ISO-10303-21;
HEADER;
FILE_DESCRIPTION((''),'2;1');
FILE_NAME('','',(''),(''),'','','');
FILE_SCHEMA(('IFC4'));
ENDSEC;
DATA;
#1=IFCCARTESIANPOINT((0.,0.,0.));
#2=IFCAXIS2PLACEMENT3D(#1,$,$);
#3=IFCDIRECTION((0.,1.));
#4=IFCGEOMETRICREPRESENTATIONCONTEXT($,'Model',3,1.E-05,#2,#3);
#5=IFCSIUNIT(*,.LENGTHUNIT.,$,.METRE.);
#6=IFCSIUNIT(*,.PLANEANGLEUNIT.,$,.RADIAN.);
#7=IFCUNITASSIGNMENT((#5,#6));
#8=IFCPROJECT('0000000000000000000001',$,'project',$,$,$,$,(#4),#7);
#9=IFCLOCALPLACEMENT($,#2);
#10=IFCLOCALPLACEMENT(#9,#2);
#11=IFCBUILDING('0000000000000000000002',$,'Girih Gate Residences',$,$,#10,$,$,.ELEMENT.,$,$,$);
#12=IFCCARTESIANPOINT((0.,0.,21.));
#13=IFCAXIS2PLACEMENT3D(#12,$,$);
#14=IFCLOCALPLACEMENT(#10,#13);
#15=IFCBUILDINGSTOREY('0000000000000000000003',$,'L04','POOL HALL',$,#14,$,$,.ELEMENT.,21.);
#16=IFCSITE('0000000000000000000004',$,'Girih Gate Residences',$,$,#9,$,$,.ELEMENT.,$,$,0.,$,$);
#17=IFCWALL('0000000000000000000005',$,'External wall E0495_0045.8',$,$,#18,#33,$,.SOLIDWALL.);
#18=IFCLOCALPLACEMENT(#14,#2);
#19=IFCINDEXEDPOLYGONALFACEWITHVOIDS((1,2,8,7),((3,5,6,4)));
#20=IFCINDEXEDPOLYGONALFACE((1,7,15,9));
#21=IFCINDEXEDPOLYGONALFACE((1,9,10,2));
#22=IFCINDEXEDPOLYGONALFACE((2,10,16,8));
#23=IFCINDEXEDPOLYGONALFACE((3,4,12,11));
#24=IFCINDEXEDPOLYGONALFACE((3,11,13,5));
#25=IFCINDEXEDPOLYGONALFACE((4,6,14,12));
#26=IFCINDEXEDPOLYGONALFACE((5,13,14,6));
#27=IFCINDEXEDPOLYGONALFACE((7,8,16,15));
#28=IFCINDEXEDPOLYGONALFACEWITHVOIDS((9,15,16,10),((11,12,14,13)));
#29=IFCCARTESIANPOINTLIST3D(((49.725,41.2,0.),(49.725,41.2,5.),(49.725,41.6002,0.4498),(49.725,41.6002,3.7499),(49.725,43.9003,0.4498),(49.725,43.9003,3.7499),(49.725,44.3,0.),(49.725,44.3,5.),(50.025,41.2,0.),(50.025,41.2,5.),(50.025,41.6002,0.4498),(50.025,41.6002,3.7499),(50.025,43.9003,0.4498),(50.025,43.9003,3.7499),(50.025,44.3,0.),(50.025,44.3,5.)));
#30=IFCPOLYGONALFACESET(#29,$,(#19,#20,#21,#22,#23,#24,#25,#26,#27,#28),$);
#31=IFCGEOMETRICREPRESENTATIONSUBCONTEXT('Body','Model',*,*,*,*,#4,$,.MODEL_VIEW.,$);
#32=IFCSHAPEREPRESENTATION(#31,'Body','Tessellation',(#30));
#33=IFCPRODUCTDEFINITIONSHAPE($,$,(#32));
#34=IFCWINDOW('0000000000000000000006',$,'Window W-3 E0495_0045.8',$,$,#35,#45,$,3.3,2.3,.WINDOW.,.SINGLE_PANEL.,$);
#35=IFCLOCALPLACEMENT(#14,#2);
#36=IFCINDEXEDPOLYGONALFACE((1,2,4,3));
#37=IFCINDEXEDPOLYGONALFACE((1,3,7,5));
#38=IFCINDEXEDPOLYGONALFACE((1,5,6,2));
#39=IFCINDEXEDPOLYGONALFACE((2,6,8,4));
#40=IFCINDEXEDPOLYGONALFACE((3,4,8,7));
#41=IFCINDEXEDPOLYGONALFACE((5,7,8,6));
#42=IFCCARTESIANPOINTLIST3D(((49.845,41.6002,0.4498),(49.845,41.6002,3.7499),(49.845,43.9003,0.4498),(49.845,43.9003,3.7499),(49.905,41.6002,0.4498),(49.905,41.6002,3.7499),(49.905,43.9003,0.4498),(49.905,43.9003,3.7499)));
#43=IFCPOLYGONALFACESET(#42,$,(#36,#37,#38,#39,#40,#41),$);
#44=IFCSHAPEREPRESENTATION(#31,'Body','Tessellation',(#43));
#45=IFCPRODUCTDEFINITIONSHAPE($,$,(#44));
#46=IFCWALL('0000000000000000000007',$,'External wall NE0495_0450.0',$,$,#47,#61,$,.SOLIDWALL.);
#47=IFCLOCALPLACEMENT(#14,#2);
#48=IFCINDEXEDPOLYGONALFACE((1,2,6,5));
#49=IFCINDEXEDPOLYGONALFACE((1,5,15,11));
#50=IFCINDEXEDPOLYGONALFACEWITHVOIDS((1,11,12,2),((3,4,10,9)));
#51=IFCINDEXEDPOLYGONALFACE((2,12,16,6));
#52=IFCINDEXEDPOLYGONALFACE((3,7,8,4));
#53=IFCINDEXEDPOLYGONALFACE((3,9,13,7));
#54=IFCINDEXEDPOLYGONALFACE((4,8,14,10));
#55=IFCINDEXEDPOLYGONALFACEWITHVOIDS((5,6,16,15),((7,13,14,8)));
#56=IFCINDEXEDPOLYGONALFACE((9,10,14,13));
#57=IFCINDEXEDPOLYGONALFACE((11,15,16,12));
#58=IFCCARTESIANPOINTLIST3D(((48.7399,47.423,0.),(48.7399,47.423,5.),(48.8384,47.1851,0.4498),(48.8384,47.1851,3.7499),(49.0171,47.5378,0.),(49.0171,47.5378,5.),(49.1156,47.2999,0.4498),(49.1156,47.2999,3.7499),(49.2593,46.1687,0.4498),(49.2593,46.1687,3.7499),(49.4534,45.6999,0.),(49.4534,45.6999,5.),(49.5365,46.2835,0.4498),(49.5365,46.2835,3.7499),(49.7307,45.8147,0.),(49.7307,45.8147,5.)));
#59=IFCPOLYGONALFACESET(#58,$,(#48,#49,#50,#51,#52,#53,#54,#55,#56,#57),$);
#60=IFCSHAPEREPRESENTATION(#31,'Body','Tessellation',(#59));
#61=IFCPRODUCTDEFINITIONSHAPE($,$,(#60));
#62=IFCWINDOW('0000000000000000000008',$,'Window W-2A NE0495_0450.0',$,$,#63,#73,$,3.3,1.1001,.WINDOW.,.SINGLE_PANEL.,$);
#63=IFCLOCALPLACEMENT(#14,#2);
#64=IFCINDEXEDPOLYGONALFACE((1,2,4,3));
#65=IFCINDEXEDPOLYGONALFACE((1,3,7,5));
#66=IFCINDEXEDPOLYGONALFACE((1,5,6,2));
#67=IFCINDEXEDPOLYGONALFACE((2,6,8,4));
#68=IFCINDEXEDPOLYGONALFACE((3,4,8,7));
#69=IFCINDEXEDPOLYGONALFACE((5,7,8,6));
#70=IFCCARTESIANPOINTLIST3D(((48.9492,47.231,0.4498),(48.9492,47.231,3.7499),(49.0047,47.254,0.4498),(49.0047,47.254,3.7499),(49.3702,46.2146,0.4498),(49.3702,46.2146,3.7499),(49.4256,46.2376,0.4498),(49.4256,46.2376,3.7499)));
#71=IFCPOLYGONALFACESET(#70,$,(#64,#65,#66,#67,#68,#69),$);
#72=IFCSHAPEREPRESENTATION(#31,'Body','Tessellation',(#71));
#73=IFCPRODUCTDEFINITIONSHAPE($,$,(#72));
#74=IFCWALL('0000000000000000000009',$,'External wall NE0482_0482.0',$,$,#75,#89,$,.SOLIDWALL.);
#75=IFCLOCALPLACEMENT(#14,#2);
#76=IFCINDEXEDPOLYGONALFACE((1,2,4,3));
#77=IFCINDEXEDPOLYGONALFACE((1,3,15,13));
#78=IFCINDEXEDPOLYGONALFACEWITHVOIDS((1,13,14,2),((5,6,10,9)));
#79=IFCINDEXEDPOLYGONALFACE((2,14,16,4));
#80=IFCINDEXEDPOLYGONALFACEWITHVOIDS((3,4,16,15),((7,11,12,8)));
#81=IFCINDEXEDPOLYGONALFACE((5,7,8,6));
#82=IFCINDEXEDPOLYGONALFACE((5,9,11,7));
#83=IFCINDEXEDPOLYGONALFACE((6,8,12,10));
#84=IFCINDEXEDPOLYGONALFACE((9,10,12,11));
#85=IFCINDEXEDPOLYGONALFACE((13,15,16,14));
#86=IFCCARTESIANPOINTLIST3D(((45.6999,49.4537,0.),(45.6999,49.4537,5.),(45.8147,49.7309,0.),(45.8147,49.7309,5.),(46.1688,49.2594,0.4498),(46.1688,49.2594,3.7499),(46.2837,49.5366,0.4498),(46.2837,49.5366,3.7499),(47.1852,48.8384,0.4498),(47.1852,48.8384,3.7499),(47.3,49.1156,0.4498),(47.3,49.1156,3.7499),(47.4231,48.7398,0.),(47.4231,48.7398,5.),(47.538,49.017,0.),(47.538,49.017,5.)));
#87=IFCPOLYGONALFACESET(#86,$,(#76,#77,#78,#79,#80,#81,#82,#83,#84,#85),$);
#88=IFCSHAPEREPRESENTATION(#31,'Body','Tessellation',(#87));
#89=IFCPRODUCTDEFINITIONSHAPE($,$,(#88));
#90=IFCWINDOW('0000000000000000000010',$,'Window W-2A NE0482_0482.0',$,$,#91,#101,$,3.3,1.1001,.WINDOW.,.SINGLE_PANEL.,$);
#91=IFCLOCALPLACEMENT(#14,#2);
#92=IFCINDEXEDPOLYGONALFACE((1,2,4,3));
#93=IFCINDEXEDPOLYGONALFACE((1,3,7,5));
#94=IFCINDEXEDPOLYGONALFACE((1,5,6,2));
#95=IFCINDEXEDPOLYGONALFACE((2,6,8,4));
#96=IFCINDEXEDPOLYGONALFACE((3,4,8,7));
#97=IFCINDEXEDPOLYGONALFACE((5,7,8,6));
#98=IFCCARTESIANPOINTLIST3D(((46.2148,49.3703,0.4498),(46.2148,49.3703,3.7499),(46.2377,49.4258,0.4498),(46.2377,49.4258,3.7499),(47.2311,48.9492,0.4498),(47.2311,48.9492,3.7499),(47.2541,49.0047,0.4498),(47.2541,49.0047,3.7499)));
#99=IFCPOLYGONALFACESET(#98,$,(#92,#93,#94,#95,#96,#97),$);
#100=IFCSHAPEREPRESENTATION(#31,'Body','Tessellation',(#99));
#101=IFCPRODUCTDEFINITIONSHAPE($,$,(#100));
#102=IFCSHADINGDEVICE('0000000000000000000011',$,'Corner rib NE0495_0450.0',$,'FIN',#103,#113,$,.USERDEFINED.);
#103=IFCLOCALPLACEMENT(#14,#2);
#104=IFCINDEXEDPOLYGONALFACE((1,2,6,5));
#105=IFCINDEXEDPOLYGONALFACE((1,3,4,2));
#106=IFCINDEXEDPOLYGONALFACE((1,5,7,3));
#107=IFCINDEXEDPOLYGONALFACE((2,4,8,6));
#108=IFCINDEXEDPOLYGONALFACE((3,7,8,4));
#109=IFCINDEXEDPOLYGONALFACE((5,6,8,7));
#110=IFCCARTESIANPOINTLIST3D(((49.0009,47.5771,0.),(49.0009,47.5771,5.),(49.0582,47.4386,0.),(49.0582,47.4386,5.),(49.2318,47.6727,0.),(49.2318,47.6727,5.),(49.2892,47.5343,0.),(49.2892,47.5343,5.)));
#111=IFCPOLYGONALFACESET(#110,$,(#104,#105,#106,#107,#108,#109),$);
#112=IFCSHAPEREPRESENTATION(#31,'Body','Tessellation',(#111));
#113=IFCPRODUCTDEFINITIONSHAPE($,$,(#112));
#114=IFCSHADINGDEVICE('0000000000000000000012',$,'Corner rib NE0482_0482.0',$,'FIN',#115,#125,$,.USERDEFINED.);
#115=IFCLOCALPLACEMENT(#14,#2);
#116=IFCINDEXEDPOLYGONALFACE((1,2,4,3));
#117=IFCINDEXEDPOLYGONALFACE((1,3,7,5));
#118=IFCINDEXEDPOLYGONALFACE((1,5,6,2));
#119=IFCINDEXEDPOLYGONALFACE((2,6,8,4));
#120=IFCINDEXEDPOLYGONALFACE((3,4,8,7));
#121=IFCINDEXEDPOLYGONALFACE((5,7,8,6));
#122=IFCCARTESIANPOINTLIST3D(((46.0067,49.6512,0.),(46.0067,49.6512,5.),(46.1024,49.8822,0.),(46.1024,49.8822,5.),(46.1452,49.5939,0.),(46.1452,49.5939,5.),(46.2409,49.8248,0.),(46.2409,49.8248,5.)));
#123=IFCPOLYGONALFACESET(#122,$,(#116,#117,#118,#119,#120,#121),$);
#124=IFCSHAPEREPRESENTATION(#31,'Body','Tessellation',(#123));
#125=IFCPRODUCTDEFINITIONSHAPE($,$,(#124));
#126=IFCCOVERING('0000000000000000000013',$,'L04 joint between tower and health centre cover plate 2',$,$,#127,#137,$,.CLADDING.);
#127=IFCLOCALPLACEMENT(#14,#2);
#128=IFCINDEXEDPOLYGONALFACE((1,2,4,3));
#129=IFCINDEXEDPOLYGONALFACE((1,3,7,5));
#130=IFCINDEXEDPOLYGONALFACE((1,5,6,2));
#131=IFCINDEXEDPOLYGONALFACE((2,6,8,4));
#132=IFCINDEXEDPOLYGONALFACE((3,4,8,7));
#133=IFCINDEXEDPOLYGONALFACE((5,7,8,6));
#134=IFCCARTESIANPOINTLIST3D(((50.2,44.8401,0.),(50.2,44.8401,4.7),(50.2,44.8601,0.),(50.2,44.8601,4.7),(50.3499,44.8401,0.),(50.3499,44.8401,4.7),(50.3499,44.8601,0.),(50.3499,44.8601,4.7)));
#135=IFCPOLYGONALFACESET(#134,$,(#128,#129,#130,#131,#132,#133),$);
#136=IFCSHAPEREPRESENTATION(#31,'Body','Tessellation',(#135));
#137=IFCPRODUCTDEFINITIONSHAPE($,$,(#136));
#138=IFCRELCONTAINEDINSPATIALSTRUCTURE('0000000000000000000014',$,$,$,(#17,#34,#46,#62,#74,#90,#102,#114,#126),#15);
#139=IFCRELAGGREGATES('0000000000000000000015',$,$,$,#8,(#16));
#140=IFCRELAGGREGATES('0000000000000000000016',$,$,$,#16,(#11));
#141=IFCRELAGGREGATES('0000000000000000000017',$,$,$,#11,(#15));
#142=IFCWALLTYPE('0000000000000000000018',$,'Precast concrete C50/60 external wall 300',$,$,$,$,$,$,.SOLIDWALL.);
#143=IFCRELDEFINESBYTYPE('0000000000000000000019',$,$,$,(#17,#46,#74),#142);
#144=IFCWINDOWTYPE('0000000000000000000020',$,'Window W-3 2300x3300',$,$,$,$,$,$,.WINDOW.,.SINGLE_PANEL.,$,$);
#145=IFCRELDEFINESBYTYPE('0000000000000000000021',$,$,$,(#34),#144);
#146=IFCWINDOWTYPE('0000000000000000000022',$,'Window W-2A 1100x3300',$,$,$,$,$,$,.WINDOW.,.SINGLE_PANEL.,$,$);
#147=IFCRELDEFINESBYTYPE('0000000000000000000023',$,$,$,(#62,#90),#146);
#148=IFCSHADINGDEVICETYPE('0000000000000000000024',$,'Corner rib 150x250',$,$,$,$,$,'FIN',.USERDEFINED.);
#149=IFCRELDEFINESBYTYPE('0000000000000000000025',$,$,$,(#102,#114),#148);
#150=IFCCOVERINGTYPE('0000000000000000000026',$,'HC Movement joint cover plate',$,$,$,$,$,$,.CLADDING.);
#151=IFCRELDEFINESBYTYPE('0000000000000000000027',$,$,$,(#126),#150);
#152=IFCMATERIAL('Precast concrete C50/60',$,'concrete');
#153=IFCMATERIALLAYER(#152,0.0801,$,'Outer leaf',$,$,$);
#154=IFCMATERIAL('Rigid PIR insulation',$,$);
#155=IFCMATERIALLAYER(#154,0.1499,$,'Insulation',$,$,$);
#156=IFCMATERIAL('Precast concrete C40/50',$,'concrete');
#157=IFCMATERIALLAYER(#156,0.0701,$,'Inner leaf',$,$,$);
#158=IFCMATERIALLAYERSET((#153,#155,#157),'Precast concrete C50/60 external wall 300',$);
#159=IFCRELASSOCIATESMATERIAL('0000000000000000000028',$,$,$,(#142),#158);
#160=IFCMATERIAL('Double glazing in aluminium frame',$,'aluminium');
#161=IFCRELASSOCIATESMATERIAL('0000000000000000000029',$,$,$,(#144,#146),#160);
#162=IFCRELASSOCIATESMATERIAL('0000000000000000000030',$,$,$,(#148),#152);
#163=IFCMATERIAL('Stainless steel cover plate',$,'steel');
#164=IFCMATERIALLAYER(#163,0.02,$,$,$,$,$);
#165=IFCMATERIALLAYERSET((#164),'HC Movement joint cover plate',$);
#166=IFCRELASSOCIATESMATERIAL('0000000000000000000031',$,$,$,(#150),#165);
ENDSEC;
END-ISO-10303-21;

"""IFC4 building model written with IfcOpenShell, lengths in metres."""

from ifc_helpers import new_model, si_unit, direction, frame, frame_2d, origin, origin_2d, place, context, subcontext, project, spatial, rectangle, extrude, material, layer, layer_set, type_object, element, fill, save


model = new_model("IFC4")

# Units and contexts
model_context = context("Model", 3, precision=1e-05, world=origin(), true_north=direction((0.0, 1.0)))
body_context = subcontext(model_context, "Body", "Model", "MODEL_VIEW")
ifc_project = project(units=[si_unit("LENGTHUNIT", "METRE"), si_unit("PLANEANGLEUNIT", "RADIAN")], contexts=[model_context])

# Site, building, storey
site_placement = place(None, origin())
site = spatial("IfcSite", under=ifc_project, at=site_placement, Name="Girih Gate Residences", CompositionType="ELEMENT", RefElevation=0.0)
building_placement = place(site_placement, origin())
building = spatial("IfcBuilding", under=site, at=building_placement, Name="Girih Gate Residences", CompositionType="ELEMENT")
storey_placement = place(building_placement, frame((0.0, 0.0, 21.0)))
storey = spatial("IfcBuildingStorey", under=building, at=storey_placement, Name="L04", Description="POOL HALL", CompositionType="ELEMENT", Elevation=21.0)

# Shared definitions
ifc_material_1 = material(Name="Precast concrete C40/50", Category="concrete")

# Walls, openings, windows
ifc_material_2 = material(Name="Precast concrete C50/60", Category="concrete")
ifc_layer_1 = layer(ifc_material_2, 0.0801, Name="Outer leaf")
ifc_material_3 = material(Name="Rigid PIR insulation")
ifc_layer_2 = layer(ifc_material_3, 0.1499, Name="Insulation")
ifc_layer_3 = layer(ifc_material_1, 0.0701, Name="Inner leaf")
ifc_layer_set_1 = layer_set([ifc_layer_1, ifc_layer_2, ifc_layer_3], Name="Precast concrete C50/60 external wall 300")
wall_type_1 = type_object("IfcWallType", Name="Precast concrete C50/60 external wall 300", PredefinedType="SOLIDWALL", material=ifc_layer_set_1)
ifc_material_4 = material(Name="Double glazing in aluminium frame", Category="aluminium")
window_type_1 = type_object("IfcWindowType", Name="Window W-3 2300x3300", PartitioningType="SINGLE_PANEL", PredefinedType="WINDOW", material=ifc_material_4)
wall_1_placement = place(storey_placement, frame((49.875, 44.3, 0.0), z_axis=(0.0, 0.0, 1.0), x_axis=(0.0, -1.0, 0.0)))
wall_1 = element("IfcWall", 1, at=wall_1_placement, inside=storey, type_object=wall_type_1, Name="External wall E0495_0045.8", PredefinedType="SOLIDWALL", context=body_context, shape_type="SweptSolid", body=[
    extrude(rectangle(XDim=3.1001, YDim=0.3, at=frame_2d((1.55, 0.0))), origin(), (0.0, 0.0, 1.0), 5.0),
])
opening_1_placement = place(wall_1_placement, frame((0.3999, 0.0, 0.45)))
opening_1 = element("IfcOpeningElement", 2, at=opening_1_placement, cuts=wall_1, PredefinedType="OPENING", context=body_context, shape_type="SweptSolid", body=[
    extrude(rectangle(XDim=2.3, YDim=3.3, at=frame_2d((1.1499, 1.6499))), frame((0.0, 0.1599, 0.0), z_axis=(0.0, -1.0, 0.0), x_axis=(1.0, 0.0, 0.0)), (0.0, 0.0, 1.0), 0.3201),
])
window_1_placement = place(opening_1_placement, origin())
window_1 = element("IfcWindow", 3, at=window_1_placement, inside=storey, type_object=window_type_1, Name="Window W-3 E0495_0045.8", OverallHeight=3.3, OverallWidth=2.3, PartitioningType="SINGLE_PANEL", PredefinedType="WINDOW", context=body_context, shape_type="SweptSolid", body=[
    extrude(rectangle(XDim=2.3, YDim=3.3, at=frame_2d((1.1499, 1.6499))), frame((0.0, 0.03, 0.0), z_axis=(0.0, -1.0, 0.0), x_axis=(1.0, 0.0, 0.0)), (0.0, 0.0, 1.0), 0.0601),
])
fill(opening_1, window_1)
wall_2_placement = place(storey_placement, frame((48.8784, 47.4805, 0.0), z_axis=(0.0, 0.0, 1.0), x_axis=(0.382625, -0.923904, 0.0)))
wall_2 = element("IfcWall", 4, at=wall_2_placement, inside=storey, type_object=wall_type_1, Name="External wall NE0495_0450.0", PredefinedType="SOLIDWALL", context=body_context, shape_type="SweptSolid", body=[
    extrude(rectangle(XDim=1.865, YDim=0.3, at=frame_2d((0.9326, 0.0))), origin(), (0.0, 0.0, 1.0), 5.0),
])
opening_2_placement = place(wall_2_placement, frame((0.2576, 0.0, 0.45)))
opening_2 = element("IfcOpeningElement", 5, at=opening_2_placement, cuts=wall_2, PredefinedType="OPENING", context=body_context, shape_type="SweptSolid", body=[
    extrude(rectangle(XDim=1.1001, YDim=3.3, at=frame_2d((0.55, 1.6499))), frame((0.0, 0.1599, 0.0), z_axis=(0.0, -1.0, 0.0), x_axis=(1.0, 0.0, 0.0)), (0.0, 0.0, 1.0), 0.3201),
])
window_type_2 = type_object("IfcWindowType", Name="Window W-2A 1100x3300", PartitioningType="SINGLE_PANEL", PredefinedType="WINDOW", material=ifc_material_4)
window_2_placement = place(opening_2_placement, origin())
window_2 = element("IfcWindow", 6, at=window_2_placement, inside=storey, type_object=window_type_2, Name="Window W-2A NE0495_0450.0", OverallHeight=3.3, OverallWidth=1.1001, PartitioningType="SINGLE_PANEL", PredefinedType="WINDOW", context=body_context, shape_type="SweptSolid", body=[
    extrude(rectangle(XDim=1.1001, YDim=3.3, at=frame_2d((0.55, 1.6499))), frame((0.0, 0.03, 0.0), z_axis=(0.0, -1.0, 0.0), x_axis=(1.0, 0.0, 0.0)), (0.0, 0.0, 1.0), 0.0601),
])
fill(opening_2, window_2)
wall_3_placement = place(storey_placement, frame((45.7573, 49.5923, 0.0), z_axis=(0.0, 0.0, 1.0), x_axis=(0.923857, -0.382737, 0.0)))
wall_3 = element("IfcWall", 7, at=wall_3_placement, inside=storey, type_object=wall_type_1, Name="External wall NE0482_0482.0", PredefinedType="SOLIDWALL", context=body_context, shape_type="SweptSolid", body=[
    extrude(rectangle(XDim=1.8652, YDim=0.3, at=frame_2d((0.9326, 0.0))), origin(), (0.0, 0.0, 1.0), 5.0),
])
opening_3_placement = place(wall_3_placement, frame((0.5076, 0.0, 0.45)))
opening_3 = element("IfcOpeningElement", 8, at=opening_3_placement, cuts=wall_3, PredefinedType="OPENING", context=body_context, shape_type="SweptSolid", body=[
    extrude(rectangle(XDim=1.1001, YDim=3.3, at=frame_2d((0.55, 1.6499))), frame((0.0, 0.1599, 0.0), z_axis=(0.0, -1.0, 0.0), x_axis=(1.0, 0.0, 0.0)), (0.0, 0.0, 1.0), 0.3201),
])
window_3_placement = place(opening_3_placement, origin())
window_3 = element("IfcWindow", 9, at=window_3_placement, inside=storey, type_object=window_type_2, Name="Window W-2A NE0482_0482.0", OverallHeight=3.3, OverallWidth=1.1001, PartitioningType="SINGLE_PANEL", PredefinedType="WINDOW", context=body_context, shape_type="SweptSolid", body=[
    extrude(rectangle(XDim=1.1001, YDim=3.3, at=frame_2d((0.55, 1.6499))), frame((0.0, 0.03, 0.0), z_axis=(0.0, -1.0, 0.0), x_axis=(1.0, 0.0, 0.0)), (0.0, 0.0, 1.0), 0.0601),
])
fill(opening_3, window_3)

# Shading devices
shading_device_type = type_object("IfcShadingDeviceType", Name="Corner rib 150x250", ElementType="FIN", PredefinedType="USERDEFINED", material=ifc_material_2)
for number, where, z_axis, x_axis, name in (
    (10, (49.145, 47.5557, 0.0), (0.0, 0.0, 1.0), (-0.382683, 0.92388, 0.0), "Corner rib NE0495_0450.0"),
    (11, (46.1238, 49.738, 0.0), (0.0, 0.0, 1.0), (-0.92388, 0.382683, 0.0), "Corner rib NE0482_0482.0"),
):
    element("IfcShadingDevice", number, at=place(storey_placement, frame(where, z_axis=z_axis, x_axis=x_axis)), inside=storey, type_object=shading_device_type, Name=name, ObjectType="FIN", PredefinedType="USERDEFINED", context=body_context, shape_type="SweptSolid", body=[
        extrude(rectangle(XDim=0.1499, YDim=0.25, at=origin_2d()), origin(), (0.0, 0.0, 1.0), 5.0),
    ])

# Covering
ifc_material_5 = material(Name="Stainless steel cover plate", Category="steel")
ifc_layer_4 = layer(ifc_material_5, 0.02)
ifc_layer_set_2 = layer_set([ifc_layer_4], Name="HC Movement joint cover plate")
covering_type = type_object("IfcCoveringType", Name="HC Movement joint cover plate", PredefinedType="CLADDING", material=ifc_layer_set_2)
covering_placement = place(storey_placement, frame((50.2749, 44.8501, 0.0), z_axis=(0.0, 0.0, 1.0), x_axis=(1.0, 0.0, 0.0)))
element("IfcCovering", 12, at=covering_placement, inside=storey, type_object=covering_type, Name="L04 joint between tower and health centre cover plate 2", PredefinedType="CLADDING", context=body_context, shape_type="SweptSolid", body=[
    extrude(rectangle(XDim=0.1499, YDim=0.02, at=origin_2d()), origin(), (0.0, 0.0, 1.0), 4.7),
])

save(model, "model.ifc")
